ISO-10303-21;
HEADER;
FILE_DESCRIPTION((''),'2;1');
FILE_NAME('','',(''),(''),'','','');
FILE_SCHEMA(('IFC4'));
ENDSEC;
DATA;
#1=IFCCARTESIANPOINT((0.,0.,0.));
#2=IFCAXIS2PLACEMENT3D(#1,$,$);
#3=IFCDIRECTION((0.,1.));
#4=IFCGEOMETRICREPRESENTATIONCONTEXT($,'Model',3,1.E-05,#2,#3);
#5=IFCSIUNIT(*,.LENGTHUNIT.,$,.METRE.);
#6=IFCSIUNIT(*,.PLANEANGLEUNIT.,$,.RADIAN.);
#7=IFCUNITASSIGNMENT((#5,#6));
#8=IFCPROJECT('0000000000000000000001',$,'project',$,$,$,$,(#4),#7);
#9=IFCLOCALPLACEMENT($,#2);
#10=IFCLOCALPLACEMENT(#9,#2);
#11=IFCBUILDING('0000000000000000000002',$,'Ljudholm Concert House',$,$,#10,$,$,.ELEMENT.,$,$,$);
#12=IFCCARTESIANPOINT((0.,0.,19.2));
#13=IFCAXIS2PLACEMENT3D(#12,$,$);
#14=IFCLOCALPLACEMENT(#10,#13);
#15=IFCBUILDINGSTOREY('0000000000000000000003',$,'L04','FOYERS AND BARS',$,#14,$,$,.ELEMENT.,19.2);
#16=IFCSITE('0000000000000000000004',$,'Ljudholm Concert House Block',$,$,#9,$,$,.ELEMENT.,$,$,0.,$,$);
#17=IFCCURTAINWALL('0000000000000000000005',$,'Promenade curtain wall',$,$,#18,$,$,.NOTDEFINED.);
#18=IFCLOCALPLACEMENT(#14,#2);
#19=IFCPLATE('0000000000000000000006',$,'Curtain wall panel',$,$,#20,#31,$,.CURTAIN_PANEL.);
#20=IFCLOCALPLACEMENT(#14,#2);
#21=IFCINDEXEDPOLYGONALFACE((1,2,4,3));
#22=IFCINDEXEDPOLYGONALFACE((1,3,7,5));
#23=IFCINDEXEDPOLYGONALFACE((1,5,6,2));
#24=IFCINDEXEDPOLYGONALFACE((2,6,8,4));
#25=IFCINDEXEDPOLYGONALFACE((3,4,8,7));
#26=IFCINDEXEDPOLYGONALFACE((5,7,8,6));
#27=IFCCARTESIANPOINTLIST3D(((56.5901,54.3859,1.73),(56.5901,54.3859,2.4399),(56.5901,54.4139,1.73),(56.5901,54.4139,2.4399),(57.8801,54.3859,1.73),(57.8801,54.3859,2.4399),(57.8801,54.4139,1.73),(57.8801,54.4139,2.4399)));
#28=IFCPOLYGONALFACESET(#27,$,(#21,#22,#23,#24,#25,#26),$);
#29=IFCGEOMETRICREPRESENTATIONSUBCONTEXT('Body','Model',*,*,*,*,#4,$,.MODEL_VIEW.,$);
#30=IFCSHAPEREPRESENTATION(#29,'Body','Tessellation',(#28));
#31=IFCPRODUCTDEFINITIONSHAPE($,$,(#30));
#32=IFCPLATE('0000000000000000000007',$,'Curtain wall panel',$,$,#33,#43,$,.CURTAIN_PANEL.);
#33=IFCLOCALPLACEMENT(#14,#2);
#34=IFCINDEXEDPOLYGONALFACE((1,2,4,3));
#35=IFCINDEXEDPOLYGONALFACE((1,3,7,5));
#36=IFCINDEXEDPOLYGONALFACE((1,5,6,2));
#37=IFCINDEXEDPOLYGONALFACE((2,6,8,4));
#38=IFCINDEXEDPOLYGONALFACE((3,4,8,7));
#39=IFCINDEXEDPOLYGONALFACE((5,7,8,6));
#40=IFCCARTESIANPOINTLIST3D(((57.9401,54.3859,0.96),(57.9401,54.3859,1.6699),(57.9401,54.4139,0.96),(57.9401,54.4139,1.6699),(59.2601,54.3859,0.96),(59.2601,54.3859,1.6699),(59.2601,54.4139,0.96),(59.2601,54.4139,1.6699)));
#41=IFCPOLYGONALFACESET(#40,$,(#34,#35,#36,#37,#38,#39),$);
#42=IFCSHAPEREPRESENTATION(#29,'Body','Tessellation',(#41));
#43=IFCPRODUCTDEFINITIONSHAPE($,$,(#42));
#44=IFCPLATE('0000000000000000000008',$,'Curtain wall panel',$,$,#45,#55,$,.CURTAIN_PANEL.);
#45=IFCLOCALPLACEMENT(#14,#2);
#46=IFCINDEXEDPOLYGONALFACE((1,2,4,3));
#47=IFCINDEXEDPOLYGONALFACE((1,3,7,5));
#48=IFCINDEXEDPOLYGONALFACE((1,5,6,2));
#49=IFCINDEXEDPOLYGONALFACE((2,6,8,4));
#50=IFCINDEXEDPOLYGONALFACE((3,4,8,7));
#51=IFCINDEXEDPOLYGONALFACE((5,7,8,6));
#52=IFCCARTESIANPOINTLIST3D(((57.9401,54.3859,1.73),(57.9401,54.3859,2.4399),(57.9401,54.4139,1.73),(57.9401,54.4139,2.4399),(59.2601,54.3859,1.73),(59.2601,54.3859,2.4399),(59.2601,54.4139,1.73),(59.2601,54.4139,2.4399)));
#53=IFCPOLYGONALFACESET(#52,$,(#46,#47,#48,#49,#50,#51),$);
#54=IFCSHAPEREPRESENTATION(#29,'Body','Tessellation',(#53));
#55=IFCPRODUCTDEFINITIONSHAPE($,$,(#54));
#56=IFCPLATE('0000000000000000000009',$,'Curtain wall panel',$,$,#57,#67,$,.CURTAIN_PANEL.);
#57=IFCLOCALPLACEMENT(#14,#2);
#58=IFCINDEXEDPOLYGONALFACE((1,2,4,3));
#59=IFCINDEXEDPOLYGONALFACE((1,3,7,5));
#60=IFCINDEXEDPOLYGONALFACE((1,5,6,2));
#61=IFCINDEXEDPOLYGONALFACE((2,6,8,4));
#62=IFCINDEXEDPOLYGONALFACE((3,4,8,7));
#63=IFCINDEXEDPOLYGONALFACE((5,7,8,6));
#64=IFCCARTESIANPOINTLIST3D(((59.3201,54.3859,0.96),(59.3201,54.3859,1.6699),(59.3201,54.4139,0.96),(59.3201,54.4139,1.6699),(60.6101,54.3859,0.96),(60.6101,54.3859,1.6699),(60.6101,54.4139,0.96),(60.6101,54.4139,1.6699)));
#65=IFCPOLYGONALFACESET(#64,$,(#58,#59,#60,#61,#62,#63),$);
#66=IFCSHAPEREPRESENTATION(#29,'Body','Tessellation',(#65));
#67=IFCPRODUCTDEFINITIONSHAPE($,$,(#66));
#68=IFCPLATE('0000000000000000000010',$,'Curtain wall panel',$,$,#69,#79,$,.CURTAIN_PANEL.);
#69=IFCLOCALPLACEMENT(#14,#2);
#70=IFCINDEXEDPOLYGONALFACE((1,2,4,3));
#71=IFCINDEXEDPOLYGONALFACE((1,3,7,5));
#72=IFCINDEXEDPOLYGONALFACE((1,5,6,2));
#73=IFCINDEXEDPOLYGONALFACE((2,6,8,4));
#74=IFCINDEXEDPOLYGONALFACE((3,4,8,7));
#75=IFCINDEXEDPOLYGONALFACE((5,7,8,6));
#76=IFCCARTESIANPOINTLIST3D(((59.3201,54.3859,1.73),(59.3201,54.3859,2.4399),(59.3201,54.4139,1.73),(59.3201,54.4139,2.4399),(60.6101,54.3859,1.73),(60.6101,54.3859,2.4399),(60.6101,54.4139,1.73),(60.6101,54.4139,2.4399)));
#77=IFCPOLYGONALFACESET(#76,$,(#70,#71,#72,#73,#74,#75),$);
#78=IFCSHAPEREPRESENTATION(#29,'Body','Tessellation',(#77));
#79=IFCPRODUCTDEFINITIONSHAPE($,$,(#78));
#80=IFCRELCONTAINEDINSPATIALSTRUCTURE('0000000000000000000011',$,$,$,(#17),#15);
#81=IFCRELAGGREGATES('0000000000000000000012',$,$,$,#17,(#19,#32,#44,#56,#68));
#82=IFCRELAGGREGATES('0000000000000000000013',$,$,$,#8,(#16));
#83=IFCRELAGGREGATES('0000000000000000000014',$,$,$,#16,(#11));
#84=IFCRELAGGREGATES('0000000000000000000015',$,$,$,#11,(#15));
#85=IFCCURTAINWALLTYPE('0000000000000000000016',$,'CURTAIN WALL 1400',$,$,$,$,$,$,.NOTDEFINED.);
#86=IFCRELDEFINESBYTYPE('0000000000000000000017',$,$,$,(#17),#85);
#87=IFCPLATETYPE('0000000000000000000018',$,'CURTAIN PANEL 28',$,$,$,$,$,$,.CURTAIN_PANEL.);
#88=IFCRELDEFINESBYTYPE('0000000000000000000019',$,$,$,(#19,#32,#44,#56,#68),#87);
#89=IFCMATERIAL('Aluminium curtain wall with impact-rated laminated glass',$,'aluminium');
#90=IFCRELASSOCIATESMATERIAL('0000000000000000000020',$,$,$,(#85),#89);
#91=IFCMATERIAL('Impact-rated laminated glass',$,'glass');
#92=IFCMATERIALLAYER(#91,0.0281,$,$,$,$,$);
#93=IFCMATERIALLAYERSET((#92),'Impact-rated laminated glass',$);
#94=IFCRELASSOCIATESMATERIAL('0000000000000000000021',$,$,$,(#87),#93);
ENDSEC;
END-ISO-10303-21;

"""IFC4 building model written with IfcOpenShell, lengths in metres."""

from ifc_helpers import new_model, si_unit, direction, frame, origin, origin_2d, place, context, subcontext, project, spatial, rectangle, extrude, material, layer, layer_set, type_object, element, aggregate, save


model = new_model("IFC4")

# Units and contexts
model_context = context("Model", 3, precision=1e-05, world=origin(), true_north=direction((0.0, 1.0)))
body_context = subcontext(model_context, "Body", "Model", "MODEL_VIEW")
ifc_project = project(units=[si_unit("LENGTHUNIT", "METRE"), si_unit("PLANEANGLEUNIT", "RADIAN")], contexts=[model_context])

# Site, building, storey
site_placement = place(None, origin())
site = spatial("IfcSite", under=ifc_project, at=site_placement, Name="Ljudholm Concert House Block", CompositionType="ELEMENT", RefElevation=0.0)
building_placement = place(site_placement, origin())
building = spatial("IfcBuilding", under=site, at=building_placement, Name="Ljudholm Concert House", CompositionType="ELEMENT")
storey_placement = place(building_placement, frame((0.0, 0.0, 19.2)))
storey = spatial("IfcBuildingStorey", under=building, at=storey_placement, Name="L04", Description="FOYERS AND BARS", CompositionType="ELEMENT", Elevation=19.2)

# Curtain wall
ifc_material_1 = material(Name="Aluminium curtain wall with impact-rated laminated glass", Category="aluminium")
curtain_wall_type = type_object("IfcCurtainWallType", Name="CURTAIN WALL 1400", PredefinedType="NOTDEFINED", material=ifc_material_1)
curtain_wall_placement = place(storey_placement, origin())
curtain_wall = element("IfcCurtainWall", 1, at=curtain_wall_placement, inside=storey, type_object=curtain_wall_type, Name="Promenade curtain wall", PredefinedType="NOTDEFINED")

# Plates
ifc_material_2 = material(Name="Impact-rated laminated glass", Category="glass")
ifc_layer = layer(ifc_material_2, 0.0281)
ifc_layer_set = layer_set([ifc_layer], Name="Impact-rated laminated glass")
plate_type = type_object("IfcPlateType", Name="CURTAIN PANEL 28", PredefinedType="CURTAIN_PANEL", material=ifc_layer_set)
plate_1_placement = place(storey_placement, frame((57.2351, 54.3999, 1.73), z_axis=(0.0, 0.0, 1.0), x_axis=(1.0, 0.0, 0.0)))
plate_1 = element("IfcPlate", 2, at=plate_1_placement, type_object=plate_type, Name="Curtain wall panel", PredefinedType="CURTAIN_PANEL", context=body_context, shape_type="SweptSolid", body=[
    extrude(rectangle(XDim=1.29, YDim=0.0281, at=origin_2d()), origin(), (0.0, 0.0, 1.0), 0.71),
])
plate_2_placement = place(storey_placement, frame((58.6001, 54.3999, 0.96), z_axis=(0.0, 0.0, 1.0), x_axis=(1.0, 0.0, 0.0)))
plate_2 = element("IfcPlate", 3, at=plate_2_placement, type_object=plate_type, Name="Curtain wall panel", PredefinedType="CURTAIN_PANEL", context=body_context, shape_type="SweptSolid", body=[
    extrude(rectangle(XDim=1.3201, YDim=0.0281, at=origin_2d()), origin(), (0.0, 0.0, 1.0), 0.71),
])
plate_3_placement = place(storey_placement, frame((58.6001, 54.3999, 1.73), z_axis=(0.0, 0.0, 1.0), x_axis=(1.0, 0.0, 0.0)))
plate_3 = element("IfcPlate", 4, at=plate_3_placement, type_object=plate_type, Name="Curtain wall panel", PredefinedType="CURTAIN_PANEL", context=body_context, shape_type="SweptSolid", body=[
    extrude(rectangle(XDim=1.3201, YDim=0.0281, at=origin_2d()), origin(), (0.0, 0.0, 1.0), 0.71),
])
plate_4_placement = place(storey_placement, frame((59.9651, 54.3999, 0.96), z_axis=(0.0, 0.0, 1.0), x_axis=(1.0, 0.0, 0.0)))
plate_4 = element("IfcPlate", 5, at=plate_4_placement, type_object=plate_type, Name="Curtain wall panel", PredefinedType="CURTAIN_PANEL", context=body_context, shape_type="SweptSolid", body=[
    extrude(rectangle(XDim=1.29, YDim=0.0281, at=origin_2d()), origin(), (0.0, 0.0, 1.0), 0.71),
])
plate_5_placement = place(storey_placement, frame((59.9651, 54.3999, 1.73), z_axis=(0.0, 0.0, 1.0), x_axis=(1.0, 0.0, 0.0)))
plate_5 = element("IfcPlate", 6, at=plate_5_placement, type_object=plate_type, Name="Curtain wall panel", PredefinedType="CURTAIN_PANEL", context=body_context, shape_type="SweptSolid", body=[
    extrude(rectangle(XDim=1.29, YDim=0.0281, at=origin_2d()), origin(), (0.0, 0.0, 1.0), 0.71),
])
aggregate(curtain_wall, [plate_1, plate_2, plate_3, plate_4, plate_5])

save(model, "model.ifc")
